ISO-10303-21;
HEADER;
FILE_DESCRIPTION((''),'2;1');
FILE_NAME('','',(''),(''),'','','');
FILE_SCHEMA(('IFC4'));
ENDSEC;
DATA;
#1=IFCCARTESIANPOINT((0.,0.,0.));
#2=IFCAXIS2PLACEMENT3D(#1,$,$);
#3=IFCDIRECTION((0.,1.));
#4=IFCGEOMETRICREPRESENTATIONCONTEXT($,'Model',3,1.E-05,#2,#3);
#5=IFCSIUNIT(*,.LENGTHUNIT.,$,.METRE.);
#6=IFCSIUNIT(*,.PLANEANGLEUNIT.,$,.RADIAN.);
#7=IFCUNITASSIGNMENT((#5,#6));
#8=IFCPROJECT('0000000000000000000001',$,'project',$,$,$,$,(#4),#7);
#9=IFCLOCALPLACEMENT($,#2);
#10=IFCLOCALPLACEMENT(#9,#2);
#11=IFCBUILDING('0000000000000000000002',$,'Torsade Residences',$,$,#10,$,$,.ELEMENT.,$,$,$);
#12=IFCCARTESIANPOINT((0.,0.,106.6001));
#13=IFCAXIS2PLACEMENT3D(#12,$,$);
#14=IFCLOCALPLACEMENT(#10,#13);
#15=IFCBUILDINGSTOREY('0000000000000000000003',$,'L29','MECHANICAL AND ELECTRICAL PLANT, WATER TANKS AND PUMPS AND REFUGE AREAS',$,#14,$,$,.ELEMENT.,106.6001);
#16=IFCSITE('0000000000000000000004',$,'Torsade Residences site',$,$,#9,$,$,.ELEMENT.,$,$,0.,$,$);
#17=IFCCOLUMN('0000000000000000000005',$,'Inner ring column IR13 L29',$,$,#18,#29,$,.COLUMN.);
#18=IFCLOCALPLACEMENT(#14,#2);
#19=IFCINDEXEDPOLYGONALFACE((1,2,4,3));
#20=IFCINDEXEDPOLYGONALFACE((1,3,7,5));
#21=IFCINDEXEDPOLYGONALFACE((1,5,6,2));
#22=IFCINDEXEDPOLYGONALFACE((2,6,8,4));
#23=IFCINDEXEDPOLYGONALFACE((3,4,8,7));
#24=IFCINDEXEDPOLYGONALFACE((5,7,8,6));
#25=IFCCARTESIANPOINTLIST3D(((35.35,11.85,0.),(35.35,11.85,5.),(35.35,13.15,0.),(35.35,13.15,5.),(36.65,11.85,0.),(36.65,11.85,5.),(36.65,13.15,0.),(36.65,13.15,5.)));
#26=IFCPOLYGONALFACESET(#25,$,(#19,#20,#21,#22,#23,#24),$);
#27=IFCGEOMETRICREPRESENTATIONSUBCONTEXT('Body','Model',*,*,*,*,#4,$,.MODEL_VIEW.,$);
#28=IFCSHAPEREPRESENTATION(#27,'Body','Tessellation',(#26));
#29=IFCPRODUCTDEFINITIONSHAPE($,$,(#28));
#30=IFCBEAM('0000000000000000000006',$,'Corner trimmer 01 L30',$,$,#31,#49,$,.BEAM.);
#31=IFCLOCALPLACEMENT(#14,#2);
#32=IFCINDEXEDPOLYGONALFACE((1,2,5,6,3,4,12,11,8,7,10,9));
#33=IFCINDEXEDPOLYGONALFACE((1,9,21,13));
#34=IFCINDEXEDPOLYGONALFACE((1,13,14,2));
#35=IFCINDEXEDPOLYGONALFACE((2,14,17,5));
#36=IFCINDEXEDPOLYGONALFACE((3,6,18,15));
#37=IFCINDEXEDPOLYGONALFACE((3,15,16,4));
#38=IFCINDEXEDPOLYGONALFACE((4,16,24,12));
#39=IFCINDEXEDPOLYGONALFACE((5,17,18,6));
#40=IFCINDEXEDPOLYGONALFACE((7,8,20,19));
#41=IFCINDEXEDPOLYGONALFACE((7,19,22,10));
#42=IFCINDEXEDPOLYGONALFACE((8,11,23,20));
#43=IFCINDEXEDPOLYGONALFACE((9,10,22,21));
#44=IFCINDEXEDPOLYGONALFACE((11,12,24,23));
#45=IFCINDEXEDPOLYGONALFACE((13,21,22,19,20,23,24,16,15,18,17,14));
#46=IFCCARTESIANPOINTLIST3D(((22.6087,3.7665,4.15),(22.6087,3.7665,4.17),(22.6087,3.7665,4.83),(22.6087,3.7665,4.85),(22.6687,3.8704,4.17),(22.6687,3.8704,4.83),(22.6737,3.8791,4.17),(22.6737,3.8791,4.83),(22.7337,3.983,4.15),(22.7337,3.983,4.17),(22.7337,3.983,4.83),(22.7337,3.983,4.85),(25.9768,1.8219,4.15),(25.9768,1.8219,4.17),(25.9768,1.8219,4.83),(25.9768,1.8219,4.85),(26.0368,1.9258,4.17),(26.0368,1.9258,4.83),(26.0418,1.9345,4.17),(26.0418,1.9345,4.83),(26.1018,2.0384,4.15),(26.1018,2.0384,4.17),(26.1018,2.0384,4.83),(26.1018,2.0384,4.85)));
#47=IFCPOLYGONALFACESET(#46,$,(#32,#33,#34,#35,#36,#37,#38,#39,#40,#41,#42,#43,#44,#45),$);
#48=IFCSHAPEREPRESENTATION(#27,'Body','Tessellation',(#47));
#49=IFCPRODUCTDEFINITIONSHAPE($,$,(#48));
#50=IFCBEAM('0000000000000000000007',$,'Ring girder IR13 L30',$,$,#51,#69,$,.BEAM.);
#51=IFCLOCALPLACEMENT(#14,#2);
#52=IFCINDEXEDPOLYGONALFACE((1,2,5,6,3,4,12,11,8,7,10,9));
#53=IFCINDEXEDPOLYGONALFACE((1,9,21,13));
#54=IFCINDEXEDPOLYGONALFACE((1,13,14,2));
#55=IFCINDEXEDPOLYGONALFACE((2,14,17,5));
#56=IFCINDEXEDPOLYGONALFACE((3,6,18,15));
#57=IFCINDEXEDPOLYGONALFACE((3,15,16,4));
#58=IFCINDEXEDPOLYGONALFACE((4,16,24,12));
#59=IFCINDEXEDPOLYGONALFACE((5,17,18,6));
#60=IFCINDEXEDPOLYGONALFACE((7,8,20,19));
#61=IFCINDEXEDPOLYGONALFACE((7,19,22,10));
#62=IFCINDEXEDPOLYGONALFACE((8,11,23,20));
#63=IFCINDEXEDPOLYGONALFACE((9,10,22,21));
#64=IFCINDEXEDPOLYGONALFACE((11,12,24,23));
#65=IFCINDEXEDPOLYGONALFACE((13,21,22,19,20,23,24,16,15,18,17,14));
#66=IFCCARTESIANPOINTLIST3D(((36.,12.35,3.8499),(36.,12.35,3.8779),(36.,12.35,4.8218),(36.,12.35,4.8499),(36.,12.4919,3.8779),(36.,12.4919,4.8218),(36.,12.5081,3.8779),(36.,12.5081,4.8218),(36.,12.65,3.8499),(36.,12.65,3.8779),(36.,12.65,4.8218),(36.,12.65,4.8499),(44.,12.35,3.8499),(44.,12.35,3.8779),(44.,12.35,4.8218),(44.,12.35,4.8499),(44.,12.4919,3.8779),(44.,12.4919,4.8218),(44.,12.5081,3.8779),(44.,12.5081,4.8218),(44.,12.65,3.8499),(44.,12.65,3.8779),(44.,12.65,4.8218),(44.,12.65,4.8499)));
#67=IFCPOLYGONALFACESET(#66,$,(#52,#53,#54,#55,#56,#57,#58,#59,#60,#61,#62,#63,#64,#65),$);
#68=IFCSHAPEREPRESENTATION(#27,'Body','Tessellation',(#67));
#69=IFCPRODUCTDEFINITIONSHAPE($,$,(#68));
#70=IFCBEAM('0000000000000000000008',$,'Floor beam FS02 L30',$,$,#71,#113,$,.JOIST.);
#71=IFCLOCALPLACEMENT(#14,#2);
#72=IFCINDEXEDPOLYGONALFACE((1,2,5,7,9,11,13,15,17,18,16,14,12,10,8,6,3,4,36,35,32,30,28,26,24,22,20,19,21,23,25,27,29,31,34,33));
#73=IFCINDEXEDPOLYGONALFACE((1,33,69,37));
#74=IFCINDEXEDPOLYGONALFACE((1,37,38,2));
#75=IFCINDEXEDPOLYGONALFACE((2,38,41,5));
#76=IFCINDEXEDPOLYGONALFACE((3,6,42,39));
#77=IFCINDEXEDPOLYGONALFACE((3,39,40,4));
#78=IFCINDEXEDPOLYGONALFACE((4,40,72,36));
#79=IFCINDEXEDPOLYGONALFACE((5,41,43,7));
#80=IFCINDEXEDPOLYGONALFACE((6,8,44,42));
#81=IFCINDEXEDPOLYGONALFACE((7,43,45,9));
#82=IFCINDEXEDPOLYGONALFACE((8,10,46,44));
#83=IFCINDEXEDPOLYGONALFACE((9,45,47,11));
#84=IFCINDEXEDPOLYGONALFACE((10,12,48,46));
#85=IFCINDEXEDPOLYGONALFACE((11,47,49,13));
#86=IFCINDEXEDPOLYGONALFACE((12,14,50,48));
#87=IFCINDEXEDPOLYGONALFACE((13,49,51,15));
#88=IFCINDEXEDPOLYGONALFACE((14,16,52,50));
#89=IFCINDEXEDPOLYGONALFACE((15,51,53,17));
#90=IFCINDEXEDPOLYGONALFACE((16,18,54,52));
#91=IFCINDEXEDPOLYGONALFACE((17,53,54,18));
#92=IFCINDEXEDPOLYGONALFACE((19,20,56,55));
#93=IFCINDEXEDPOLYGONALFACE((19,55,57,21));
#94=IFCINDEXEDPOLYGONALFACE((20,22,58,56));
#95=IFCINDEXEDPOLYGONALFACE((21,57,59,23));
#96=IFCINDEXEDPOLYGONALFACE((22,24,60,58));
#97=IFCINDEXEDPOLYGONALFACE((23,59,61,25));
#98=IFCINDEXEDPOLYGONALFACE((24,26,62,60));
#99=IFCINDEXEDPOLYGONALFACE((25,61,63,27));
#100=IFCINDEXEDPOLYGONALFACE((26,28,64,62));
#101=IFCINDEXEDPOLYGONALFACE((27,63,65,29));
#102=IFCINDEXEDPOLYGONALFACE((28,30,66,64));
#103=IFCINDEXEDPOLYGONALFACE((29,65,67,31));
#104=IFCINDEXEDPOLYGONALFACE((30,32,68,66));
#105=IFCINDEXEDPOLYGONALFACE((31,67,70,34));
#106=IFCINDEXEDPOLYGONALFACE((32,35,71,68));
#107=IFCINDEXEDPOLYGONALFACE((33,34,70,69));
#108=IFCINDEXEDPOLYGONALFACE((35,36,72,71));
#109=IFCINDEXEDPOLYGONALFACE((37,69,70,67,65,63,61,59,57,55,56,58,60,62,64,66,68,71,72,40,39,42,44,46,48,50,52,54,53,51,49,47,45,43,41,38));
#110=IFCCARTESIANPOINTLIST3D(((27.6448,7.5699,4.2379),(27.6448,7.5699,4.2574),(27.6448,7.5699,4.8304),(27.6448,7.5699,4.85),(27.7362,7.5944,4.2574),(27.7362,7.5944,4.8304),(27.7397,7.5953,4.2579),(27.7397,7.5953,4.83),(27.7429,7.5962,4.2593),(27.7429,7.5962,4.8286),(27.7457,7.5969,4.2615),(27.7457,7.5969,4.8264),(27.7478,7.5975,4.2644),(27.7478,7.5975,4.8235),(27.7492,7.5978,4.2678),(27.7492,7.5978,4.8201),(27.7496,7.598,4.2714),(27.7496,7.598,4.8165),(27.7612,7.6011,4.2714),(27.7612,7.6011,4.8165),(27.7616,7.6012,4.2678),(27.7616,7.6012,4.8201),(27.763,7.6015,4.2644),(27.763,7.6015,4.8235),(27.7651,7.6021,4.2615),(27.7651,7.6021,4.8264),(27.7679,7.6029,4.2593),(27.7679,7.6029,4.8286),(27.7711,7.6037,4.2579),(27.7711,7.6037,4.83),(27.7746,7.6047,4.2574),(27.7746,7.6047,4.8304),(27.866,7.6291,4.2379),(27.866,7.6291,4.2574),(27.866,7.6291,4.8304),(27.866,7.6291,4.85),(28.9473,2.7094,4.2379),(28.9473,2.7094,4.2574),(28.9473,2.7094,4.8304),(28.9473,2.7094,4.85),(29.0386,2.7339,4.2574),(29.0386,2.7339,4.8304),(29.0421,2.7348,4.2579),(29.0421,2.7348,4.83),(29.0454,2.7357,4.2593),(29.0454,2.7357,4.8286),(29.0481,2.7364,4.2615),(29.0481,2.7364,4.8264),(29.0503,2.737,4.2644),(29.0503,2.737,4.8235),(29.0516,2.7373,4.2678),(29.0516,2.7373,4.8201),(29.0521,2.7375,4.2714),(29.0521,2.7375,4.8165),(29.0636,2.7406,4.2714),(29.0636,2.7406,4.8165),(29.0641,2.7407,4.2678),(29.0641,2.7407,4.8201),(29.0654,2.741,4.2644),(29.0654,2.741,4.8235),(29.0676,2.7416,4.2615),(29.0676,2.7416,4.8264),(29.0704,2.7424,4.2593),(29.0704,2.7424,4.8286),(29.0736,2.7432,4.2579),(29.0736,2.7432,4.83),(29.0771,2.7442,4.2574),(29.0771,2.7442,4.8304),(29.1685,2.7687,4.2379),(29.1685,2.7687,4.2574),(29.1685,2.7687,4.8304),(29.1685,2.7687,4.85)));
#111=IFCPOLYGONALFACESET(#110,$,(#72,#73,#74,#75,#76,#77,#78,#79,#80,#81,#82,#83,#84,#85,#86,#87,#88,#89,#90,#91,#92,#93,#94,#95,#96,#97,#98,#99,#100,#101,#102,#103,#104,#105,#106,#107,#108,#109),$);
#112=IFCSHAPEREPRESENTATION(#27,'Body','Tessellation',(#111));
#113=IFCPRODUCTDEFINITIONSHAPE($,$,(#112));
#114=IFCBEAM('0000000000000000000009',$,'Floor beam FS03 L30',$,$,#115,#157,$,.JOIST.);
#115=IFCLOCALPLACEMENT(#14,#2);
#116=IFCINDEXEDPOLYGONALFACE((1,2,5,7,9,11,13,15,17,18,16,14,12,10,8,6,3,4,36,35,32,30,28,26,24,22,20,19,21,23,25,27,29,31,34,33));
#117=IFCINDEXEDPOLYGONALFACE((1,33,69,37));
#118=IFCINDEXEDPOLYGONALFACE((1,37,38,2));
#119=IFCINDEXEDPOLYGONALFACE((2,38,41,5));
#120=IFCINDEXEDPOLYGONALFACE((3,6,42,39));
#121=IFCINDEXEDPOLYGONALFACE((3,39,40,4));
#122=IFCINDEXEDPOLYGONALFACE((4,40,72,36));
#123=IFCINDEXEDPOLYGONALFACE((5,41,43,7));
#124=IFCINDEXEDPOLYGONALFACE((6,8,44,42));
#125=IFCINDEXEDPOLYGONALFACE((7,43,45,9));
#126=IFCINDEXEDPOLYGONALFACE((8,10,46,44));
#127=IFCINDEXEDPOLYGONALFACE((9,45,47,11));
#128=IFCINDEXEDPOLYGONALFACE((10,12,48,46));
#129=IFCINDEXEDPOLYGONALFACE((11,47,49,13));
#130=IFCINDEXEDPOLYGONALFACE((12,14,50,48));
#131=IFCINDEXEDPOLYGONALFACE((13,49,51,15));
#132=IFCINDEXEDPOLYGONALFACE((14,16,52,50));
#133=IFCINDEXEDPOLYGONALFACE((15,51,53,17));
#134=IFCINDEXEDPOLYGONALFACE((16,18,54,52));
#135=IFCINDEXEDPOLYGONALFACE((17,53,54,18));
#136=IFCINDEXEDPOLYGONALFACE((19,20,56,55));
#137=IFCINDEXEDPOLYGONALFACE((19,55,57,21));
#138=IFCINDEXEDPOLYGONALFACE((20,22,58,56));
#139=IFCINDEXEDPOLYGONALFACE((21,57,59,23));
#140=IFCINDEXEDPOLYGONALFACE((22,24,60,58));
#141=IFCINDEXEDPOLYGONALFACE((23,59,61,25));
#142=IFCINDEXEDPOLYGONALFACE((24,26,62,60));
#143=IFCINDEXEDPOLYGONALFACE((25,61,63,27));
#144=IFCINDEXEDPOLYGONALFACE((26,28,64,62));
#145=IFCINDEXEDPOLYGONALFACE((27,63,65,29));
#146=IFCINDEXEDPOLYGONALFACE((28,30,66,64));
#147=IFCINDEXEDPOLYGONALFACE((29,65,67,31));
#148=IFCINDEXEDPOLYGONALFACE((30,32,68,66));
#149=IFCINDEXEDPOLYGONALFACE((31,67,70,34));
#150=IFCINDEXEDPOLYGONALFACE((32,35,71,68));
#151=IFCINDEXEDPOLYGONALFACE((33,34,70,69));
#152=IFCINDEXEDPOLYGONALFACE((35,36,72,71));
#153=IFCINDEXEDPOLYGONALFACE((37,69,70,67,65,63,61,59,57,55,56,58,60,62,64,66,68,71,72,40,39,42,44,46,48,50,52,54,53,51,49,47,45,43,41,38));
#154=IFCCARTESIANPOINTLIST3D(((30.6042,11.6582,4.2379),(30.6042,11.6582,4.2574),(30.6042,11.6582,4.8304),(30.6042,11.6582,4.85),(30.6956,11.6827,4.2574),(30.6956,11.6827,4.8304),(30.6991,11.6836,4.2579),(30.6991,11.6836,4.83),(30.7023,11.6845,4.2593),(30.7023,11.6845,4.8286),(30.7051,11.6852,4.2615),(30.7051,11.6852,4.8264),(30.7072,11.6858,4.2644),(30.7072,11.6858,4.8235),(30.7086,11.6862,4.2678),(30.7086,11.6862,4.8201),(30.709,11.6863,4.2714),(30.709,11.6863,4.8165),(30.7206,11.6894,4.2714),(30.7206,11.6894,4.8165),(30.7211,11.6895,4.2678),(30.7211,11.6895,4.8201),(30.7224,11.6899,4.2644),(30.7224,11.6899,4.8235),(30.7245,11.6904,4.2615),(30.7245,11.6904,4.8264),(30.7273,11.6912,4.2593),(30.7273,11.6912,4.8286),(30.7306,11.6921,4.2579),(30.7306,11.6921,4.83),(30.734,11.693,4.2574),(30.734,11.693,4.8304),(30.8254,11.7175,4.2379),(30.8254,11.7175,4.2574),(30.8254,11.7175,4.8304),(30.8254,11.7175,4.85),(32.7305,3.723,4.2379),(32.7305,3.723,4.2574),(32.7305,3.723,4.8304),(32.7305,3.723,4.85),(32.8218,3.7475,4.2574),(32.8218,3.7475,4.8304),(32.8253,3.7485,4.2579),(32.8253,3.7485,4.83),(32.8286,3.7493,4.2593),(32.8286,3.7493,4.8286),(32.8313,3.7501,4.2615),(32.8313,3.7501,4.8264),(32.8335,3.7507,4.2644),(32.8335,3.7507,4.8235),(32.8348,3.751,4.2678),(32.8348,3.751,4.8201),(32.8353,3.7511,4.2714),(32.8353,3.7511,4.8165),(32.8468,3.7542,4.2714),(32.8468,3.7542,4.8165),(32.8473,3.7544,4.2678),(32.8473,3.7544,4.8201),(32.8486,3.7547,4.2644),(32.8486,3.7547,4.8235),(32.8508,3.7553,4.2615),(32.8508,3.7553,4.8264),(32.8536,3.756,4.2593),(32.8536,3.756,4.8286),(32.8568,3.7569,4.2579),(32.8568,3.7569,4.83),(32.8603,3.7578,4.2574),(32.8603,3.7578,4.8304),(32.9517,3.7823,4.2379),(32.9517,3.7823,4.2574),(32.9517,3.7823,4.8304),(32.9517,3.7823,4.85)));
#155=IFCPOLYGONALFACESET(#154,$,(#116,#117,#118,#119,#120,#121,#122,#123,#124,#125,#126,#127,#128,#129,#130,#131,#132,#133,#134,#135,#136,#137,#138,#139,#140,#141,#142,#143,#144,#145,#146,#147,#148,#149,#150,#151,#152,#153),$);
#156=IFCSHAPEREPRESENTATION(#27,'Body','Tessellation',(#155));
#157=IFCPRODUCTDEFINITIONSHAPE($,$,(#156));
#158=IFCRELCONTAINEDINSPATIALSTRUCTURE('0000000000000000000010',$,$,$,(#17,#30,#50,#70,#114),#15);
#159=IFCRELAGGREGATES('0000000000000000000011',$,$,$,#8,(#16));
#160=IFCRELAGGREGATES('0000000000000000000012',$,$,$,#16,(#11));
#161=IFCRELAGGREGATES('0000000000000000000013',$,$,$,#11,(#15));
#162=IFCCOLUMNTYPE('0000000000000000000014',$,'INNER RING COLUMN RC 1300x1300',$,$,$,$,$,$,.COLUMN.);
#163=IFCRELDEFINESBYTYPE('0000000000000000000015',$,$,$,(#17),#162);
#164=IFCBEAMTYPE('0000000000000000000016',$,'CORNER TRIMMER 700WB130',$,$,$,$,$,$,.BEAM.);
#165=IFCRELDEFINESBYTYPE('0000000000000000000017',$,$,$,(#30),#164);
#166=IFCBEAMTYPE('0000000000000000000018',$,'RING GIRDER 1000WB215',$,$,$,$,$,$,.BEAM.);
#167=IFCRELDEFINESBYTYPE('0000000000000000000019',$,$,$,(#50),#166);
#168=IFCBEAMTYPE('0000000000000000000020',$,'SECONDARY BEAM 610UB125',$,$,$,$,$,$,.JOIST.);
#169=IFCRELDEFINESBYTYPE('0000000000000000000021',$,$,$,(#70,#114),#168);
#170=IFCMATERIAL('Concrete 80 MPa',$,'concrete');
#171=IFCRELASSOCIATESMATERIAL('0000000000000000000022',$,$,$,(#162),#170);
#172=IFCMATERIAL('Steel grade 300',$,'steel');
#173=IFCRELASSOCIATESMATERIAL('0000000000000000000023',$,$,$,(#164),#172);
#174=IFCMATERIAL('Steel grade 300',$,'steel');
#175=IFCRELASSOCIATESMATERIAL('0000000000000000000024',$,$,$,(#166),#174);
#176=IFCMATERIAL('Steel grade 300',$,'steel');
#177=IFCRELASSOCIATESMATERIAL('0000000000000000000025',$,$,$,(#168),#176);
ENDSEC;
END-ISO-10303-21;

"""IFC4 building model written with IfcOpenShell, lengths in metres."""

from ifc_helpers import new_model, si_unit, direction, frame, origin, origin_2d, place, context, subcontext, project, spatial, rectangle, i_section, extrude, material, material_profile, profile_set, type_object, element, save


model = new_model("IFC4")

# Units and contexts
model_context = context("Model", 3, precision=1e-05, world=origin(), true_north=direction((0.0, 1.0)))
body_context = subcontext(model_context, "Body", "Model", "MODEL_VIEW")
ifc_project = project(units=[si_unit("LENGTHUNIT", "METRE"), si_unit("PLANEANGLEUNIT", "RADIAN")], contexts=[model_context])

# Site, building, storey
site_placement = place(None, origin())
site = spatial("IfcSite", under=ifc_project, at=site_placement, Name="Torsade Residences site", CompositionType="ELEMENT", RefElevation=0.0)
building_placement = place(site_placement, origin())
building = spatial("IfcBuilding", under=site, at=building_placement, Name="Torsade Residences", CompositionType="ELEMENT")
storey_placement = place(building_placement, frame((0.0, 0.0, 106.6001)))
storey = spatial("IfcBuildingStorey", under=building, at=storey_placement, Name="L29", Description="MECHANICAL AND ELECTRICAL PLANT, WATER TANKS AND PUMPS AND REFUGE AREAS", CompositionType="ELEMENT", Elevation=106.6001)

# Column
ifc_material_1 = material(Name="Concrete 80 MPa", Category="concrete")
ifc_material_profile_1 = material_profile(ifc_material_1, rectangle(XDim=1.3, YDim=1.3, at=origin_2d()), Name="RC 1300x1300")
ifc_profile_set_1 = profile_set([ifc_material_profile_1], Name="Concrete 80 MPa")
column_type = type_object("IfcColumnType", Name="INNER RING COLUMN RC 1300x1300", PredefinedType="COLUMN", material=ifc_profile_set_1)
column_placement = place(storey_placement, frame((36.0, 12.5, 0.0), z_axis=(0.0, 0.0, 1.0), x_axis=(1.0, 0.0, 0.0)))
element("IfcColumn", 1, at=column_placement, inside=storey, type_object=column_type, Name="Inner ring column IR13 L29", PredefinedType="COLUMN", context=body_context, shape_type="SweptSolid", body=[
    extrude(rectangle(XDim=1.3, YDim=1.3, at=origin_2d()), origin(), (0.0, 0.0, 1.0), 5.0),
])

# Beams
ifc_material_2 = material(Name="Steel grade 300", Category="steel")
ifc_material_profile_2 = material_profile(ifc_material_2, i_section(OverallWidth=0.25, OverallDepth=0.7, WebThickness=0.01, FlangeThickness=0.02, at=origin_2d()), Name="700WB130")
ifc_profile_set_2 = profile_set([ifc_material_profile_2], Name="Steel grade 300")
beam_type_1 = type_object("IfcBeamType", Name="CORNER TRIMMER 700WB130", PredefinedType="BEAM", material=ifc_profile_set_2)
beam_1_placement = place(storey_placement, frame((26.0393, 1.9302, 4.5), z_axis=(-0.866029, 0.499994, 0.0), x_axis=(-0.499994, -0.866029, 0.0)))
element("IfcBeam", 2, at=beam_1_placement, inside=storey, type_object=beam_type_1, Name="Corner trimmer 01 L30", PredefinedType="BEAM", context=body_context, shape_type="SweptSolid", body=[
    extrude(i_section(OverallWidth=0.25, OverallDepth=0.7, WebThickness=0.01, FlangeThickness=0.02, at=origin_2d()), origin(), (0.0, 0.0, 1.0), 3.8892),
])
ifc_material_3 = material(Name="Steel grade 300", Category="steel")
ifc_material_profile_3 = material_profile(ifc_material_3, i_section(OverallWidth=0.3, OverallDepth=1.0, WebThickness=0.0161, FlangeThickness=0.0281, at=origin_2d()), Name="1000WB215")
ifc_profile_set_3 = profile_set([ifc_material_profile_3], Name="Steel grade 300")
beam_type_2 = type_object("IfcBeamType", Name="RING GIRDER 1000WB215", PredefinedType="BEAM", material=ifc_profile_set_3)
beam_2_placement = place(storey_placement, frame((36.0, 12.5, 4.3499), z_axis=(1.0, 0.0, 0.0), x_axis=(0.0, 1.0, 0.0)))
element("IfcBeam", 3, at=beam_2_placement, inside=storey, type_object=beam_type_2, Name="Ring girder IR13 L30", PredefinedType="BEAM", context=body_context, shape_type="SweptSolid", body=[
    extrude(i_section(OverallWidth=0.3, OverallDepth=1.0, WebThickness=0.0161, FlangeThickness=0.0281, at=origin_2d()), origin(), (0.0, 0.0, 1.0), 8.0),
])
ifc_material_4 = material(Name="Steel grade 300", Category="steel")
ifc_material_profile_4 = material_profile(ifc_material_4, i_section(OverallWidth=0.229, OverallDepth=0.6121, WebThickness=0.012, FlangeThickness=0.0195, FilletRadius=0.0139, at=origin_2d()), Name="610UB125")
ifc_profile_set_4 = profile_set([ifc_material_profile_4], Name="Steel grade 300")
beam_type_3 = type_object("IfcBeamType", Name="SECONDARY BEAM 610UB125", PredefinedType="JOIST", material=ifc_profile_set_4)
beam_3_placement = place(storey_placement, frame((29.0579, 2.739, 4.5439), z_axis=(-0.258837, 0.965921, 0.0), x_axis=(-0.965921, -0.258837, 0.0)))
element("IfcBeam", 4, at=beam_3_placement, inside=storey, type_object=beam_type_3, Name="Floor beam FS02 L30", PredefinedType="JOIST", context=body_context, shape_type="SweptSolid", body=[
    extrude(i_section(OverallWidth=0.229, OverallDepth=0.6121, WebThickness=0.012, FlangeThickness=0.0195, FilletRadius=0.0139, at=origin_2d()), origin(), (0.0, 0.0, 1.0), 5.032),
])
beam_4_placement = place(storey_placement, frame((32.8411, 3.7527, 4.5439), z_axis=(-0.258822, 0.965925, 0.0), x_axis=(-0.965925, -0.258822, 0.0)))
element("IfcBeam", 5, at=beam_4_placement, inside=storey, type_object=beam_type_3, Name="Floor beam FS03 L30", PredefinedType="JOIST", context=body_context, shape_type="SweptSolid", body=[
    extrude(i_section(OverallWidth=0.229, OverallDepth=0.6121, WebThickness=0.012, FlangeThickness=0.0195, FilletRadius=0.0139, at=origin_2d()), origin(), (0.0, 0.0, 1.0), 8.2151),
])

save(model, "model.ifc")
